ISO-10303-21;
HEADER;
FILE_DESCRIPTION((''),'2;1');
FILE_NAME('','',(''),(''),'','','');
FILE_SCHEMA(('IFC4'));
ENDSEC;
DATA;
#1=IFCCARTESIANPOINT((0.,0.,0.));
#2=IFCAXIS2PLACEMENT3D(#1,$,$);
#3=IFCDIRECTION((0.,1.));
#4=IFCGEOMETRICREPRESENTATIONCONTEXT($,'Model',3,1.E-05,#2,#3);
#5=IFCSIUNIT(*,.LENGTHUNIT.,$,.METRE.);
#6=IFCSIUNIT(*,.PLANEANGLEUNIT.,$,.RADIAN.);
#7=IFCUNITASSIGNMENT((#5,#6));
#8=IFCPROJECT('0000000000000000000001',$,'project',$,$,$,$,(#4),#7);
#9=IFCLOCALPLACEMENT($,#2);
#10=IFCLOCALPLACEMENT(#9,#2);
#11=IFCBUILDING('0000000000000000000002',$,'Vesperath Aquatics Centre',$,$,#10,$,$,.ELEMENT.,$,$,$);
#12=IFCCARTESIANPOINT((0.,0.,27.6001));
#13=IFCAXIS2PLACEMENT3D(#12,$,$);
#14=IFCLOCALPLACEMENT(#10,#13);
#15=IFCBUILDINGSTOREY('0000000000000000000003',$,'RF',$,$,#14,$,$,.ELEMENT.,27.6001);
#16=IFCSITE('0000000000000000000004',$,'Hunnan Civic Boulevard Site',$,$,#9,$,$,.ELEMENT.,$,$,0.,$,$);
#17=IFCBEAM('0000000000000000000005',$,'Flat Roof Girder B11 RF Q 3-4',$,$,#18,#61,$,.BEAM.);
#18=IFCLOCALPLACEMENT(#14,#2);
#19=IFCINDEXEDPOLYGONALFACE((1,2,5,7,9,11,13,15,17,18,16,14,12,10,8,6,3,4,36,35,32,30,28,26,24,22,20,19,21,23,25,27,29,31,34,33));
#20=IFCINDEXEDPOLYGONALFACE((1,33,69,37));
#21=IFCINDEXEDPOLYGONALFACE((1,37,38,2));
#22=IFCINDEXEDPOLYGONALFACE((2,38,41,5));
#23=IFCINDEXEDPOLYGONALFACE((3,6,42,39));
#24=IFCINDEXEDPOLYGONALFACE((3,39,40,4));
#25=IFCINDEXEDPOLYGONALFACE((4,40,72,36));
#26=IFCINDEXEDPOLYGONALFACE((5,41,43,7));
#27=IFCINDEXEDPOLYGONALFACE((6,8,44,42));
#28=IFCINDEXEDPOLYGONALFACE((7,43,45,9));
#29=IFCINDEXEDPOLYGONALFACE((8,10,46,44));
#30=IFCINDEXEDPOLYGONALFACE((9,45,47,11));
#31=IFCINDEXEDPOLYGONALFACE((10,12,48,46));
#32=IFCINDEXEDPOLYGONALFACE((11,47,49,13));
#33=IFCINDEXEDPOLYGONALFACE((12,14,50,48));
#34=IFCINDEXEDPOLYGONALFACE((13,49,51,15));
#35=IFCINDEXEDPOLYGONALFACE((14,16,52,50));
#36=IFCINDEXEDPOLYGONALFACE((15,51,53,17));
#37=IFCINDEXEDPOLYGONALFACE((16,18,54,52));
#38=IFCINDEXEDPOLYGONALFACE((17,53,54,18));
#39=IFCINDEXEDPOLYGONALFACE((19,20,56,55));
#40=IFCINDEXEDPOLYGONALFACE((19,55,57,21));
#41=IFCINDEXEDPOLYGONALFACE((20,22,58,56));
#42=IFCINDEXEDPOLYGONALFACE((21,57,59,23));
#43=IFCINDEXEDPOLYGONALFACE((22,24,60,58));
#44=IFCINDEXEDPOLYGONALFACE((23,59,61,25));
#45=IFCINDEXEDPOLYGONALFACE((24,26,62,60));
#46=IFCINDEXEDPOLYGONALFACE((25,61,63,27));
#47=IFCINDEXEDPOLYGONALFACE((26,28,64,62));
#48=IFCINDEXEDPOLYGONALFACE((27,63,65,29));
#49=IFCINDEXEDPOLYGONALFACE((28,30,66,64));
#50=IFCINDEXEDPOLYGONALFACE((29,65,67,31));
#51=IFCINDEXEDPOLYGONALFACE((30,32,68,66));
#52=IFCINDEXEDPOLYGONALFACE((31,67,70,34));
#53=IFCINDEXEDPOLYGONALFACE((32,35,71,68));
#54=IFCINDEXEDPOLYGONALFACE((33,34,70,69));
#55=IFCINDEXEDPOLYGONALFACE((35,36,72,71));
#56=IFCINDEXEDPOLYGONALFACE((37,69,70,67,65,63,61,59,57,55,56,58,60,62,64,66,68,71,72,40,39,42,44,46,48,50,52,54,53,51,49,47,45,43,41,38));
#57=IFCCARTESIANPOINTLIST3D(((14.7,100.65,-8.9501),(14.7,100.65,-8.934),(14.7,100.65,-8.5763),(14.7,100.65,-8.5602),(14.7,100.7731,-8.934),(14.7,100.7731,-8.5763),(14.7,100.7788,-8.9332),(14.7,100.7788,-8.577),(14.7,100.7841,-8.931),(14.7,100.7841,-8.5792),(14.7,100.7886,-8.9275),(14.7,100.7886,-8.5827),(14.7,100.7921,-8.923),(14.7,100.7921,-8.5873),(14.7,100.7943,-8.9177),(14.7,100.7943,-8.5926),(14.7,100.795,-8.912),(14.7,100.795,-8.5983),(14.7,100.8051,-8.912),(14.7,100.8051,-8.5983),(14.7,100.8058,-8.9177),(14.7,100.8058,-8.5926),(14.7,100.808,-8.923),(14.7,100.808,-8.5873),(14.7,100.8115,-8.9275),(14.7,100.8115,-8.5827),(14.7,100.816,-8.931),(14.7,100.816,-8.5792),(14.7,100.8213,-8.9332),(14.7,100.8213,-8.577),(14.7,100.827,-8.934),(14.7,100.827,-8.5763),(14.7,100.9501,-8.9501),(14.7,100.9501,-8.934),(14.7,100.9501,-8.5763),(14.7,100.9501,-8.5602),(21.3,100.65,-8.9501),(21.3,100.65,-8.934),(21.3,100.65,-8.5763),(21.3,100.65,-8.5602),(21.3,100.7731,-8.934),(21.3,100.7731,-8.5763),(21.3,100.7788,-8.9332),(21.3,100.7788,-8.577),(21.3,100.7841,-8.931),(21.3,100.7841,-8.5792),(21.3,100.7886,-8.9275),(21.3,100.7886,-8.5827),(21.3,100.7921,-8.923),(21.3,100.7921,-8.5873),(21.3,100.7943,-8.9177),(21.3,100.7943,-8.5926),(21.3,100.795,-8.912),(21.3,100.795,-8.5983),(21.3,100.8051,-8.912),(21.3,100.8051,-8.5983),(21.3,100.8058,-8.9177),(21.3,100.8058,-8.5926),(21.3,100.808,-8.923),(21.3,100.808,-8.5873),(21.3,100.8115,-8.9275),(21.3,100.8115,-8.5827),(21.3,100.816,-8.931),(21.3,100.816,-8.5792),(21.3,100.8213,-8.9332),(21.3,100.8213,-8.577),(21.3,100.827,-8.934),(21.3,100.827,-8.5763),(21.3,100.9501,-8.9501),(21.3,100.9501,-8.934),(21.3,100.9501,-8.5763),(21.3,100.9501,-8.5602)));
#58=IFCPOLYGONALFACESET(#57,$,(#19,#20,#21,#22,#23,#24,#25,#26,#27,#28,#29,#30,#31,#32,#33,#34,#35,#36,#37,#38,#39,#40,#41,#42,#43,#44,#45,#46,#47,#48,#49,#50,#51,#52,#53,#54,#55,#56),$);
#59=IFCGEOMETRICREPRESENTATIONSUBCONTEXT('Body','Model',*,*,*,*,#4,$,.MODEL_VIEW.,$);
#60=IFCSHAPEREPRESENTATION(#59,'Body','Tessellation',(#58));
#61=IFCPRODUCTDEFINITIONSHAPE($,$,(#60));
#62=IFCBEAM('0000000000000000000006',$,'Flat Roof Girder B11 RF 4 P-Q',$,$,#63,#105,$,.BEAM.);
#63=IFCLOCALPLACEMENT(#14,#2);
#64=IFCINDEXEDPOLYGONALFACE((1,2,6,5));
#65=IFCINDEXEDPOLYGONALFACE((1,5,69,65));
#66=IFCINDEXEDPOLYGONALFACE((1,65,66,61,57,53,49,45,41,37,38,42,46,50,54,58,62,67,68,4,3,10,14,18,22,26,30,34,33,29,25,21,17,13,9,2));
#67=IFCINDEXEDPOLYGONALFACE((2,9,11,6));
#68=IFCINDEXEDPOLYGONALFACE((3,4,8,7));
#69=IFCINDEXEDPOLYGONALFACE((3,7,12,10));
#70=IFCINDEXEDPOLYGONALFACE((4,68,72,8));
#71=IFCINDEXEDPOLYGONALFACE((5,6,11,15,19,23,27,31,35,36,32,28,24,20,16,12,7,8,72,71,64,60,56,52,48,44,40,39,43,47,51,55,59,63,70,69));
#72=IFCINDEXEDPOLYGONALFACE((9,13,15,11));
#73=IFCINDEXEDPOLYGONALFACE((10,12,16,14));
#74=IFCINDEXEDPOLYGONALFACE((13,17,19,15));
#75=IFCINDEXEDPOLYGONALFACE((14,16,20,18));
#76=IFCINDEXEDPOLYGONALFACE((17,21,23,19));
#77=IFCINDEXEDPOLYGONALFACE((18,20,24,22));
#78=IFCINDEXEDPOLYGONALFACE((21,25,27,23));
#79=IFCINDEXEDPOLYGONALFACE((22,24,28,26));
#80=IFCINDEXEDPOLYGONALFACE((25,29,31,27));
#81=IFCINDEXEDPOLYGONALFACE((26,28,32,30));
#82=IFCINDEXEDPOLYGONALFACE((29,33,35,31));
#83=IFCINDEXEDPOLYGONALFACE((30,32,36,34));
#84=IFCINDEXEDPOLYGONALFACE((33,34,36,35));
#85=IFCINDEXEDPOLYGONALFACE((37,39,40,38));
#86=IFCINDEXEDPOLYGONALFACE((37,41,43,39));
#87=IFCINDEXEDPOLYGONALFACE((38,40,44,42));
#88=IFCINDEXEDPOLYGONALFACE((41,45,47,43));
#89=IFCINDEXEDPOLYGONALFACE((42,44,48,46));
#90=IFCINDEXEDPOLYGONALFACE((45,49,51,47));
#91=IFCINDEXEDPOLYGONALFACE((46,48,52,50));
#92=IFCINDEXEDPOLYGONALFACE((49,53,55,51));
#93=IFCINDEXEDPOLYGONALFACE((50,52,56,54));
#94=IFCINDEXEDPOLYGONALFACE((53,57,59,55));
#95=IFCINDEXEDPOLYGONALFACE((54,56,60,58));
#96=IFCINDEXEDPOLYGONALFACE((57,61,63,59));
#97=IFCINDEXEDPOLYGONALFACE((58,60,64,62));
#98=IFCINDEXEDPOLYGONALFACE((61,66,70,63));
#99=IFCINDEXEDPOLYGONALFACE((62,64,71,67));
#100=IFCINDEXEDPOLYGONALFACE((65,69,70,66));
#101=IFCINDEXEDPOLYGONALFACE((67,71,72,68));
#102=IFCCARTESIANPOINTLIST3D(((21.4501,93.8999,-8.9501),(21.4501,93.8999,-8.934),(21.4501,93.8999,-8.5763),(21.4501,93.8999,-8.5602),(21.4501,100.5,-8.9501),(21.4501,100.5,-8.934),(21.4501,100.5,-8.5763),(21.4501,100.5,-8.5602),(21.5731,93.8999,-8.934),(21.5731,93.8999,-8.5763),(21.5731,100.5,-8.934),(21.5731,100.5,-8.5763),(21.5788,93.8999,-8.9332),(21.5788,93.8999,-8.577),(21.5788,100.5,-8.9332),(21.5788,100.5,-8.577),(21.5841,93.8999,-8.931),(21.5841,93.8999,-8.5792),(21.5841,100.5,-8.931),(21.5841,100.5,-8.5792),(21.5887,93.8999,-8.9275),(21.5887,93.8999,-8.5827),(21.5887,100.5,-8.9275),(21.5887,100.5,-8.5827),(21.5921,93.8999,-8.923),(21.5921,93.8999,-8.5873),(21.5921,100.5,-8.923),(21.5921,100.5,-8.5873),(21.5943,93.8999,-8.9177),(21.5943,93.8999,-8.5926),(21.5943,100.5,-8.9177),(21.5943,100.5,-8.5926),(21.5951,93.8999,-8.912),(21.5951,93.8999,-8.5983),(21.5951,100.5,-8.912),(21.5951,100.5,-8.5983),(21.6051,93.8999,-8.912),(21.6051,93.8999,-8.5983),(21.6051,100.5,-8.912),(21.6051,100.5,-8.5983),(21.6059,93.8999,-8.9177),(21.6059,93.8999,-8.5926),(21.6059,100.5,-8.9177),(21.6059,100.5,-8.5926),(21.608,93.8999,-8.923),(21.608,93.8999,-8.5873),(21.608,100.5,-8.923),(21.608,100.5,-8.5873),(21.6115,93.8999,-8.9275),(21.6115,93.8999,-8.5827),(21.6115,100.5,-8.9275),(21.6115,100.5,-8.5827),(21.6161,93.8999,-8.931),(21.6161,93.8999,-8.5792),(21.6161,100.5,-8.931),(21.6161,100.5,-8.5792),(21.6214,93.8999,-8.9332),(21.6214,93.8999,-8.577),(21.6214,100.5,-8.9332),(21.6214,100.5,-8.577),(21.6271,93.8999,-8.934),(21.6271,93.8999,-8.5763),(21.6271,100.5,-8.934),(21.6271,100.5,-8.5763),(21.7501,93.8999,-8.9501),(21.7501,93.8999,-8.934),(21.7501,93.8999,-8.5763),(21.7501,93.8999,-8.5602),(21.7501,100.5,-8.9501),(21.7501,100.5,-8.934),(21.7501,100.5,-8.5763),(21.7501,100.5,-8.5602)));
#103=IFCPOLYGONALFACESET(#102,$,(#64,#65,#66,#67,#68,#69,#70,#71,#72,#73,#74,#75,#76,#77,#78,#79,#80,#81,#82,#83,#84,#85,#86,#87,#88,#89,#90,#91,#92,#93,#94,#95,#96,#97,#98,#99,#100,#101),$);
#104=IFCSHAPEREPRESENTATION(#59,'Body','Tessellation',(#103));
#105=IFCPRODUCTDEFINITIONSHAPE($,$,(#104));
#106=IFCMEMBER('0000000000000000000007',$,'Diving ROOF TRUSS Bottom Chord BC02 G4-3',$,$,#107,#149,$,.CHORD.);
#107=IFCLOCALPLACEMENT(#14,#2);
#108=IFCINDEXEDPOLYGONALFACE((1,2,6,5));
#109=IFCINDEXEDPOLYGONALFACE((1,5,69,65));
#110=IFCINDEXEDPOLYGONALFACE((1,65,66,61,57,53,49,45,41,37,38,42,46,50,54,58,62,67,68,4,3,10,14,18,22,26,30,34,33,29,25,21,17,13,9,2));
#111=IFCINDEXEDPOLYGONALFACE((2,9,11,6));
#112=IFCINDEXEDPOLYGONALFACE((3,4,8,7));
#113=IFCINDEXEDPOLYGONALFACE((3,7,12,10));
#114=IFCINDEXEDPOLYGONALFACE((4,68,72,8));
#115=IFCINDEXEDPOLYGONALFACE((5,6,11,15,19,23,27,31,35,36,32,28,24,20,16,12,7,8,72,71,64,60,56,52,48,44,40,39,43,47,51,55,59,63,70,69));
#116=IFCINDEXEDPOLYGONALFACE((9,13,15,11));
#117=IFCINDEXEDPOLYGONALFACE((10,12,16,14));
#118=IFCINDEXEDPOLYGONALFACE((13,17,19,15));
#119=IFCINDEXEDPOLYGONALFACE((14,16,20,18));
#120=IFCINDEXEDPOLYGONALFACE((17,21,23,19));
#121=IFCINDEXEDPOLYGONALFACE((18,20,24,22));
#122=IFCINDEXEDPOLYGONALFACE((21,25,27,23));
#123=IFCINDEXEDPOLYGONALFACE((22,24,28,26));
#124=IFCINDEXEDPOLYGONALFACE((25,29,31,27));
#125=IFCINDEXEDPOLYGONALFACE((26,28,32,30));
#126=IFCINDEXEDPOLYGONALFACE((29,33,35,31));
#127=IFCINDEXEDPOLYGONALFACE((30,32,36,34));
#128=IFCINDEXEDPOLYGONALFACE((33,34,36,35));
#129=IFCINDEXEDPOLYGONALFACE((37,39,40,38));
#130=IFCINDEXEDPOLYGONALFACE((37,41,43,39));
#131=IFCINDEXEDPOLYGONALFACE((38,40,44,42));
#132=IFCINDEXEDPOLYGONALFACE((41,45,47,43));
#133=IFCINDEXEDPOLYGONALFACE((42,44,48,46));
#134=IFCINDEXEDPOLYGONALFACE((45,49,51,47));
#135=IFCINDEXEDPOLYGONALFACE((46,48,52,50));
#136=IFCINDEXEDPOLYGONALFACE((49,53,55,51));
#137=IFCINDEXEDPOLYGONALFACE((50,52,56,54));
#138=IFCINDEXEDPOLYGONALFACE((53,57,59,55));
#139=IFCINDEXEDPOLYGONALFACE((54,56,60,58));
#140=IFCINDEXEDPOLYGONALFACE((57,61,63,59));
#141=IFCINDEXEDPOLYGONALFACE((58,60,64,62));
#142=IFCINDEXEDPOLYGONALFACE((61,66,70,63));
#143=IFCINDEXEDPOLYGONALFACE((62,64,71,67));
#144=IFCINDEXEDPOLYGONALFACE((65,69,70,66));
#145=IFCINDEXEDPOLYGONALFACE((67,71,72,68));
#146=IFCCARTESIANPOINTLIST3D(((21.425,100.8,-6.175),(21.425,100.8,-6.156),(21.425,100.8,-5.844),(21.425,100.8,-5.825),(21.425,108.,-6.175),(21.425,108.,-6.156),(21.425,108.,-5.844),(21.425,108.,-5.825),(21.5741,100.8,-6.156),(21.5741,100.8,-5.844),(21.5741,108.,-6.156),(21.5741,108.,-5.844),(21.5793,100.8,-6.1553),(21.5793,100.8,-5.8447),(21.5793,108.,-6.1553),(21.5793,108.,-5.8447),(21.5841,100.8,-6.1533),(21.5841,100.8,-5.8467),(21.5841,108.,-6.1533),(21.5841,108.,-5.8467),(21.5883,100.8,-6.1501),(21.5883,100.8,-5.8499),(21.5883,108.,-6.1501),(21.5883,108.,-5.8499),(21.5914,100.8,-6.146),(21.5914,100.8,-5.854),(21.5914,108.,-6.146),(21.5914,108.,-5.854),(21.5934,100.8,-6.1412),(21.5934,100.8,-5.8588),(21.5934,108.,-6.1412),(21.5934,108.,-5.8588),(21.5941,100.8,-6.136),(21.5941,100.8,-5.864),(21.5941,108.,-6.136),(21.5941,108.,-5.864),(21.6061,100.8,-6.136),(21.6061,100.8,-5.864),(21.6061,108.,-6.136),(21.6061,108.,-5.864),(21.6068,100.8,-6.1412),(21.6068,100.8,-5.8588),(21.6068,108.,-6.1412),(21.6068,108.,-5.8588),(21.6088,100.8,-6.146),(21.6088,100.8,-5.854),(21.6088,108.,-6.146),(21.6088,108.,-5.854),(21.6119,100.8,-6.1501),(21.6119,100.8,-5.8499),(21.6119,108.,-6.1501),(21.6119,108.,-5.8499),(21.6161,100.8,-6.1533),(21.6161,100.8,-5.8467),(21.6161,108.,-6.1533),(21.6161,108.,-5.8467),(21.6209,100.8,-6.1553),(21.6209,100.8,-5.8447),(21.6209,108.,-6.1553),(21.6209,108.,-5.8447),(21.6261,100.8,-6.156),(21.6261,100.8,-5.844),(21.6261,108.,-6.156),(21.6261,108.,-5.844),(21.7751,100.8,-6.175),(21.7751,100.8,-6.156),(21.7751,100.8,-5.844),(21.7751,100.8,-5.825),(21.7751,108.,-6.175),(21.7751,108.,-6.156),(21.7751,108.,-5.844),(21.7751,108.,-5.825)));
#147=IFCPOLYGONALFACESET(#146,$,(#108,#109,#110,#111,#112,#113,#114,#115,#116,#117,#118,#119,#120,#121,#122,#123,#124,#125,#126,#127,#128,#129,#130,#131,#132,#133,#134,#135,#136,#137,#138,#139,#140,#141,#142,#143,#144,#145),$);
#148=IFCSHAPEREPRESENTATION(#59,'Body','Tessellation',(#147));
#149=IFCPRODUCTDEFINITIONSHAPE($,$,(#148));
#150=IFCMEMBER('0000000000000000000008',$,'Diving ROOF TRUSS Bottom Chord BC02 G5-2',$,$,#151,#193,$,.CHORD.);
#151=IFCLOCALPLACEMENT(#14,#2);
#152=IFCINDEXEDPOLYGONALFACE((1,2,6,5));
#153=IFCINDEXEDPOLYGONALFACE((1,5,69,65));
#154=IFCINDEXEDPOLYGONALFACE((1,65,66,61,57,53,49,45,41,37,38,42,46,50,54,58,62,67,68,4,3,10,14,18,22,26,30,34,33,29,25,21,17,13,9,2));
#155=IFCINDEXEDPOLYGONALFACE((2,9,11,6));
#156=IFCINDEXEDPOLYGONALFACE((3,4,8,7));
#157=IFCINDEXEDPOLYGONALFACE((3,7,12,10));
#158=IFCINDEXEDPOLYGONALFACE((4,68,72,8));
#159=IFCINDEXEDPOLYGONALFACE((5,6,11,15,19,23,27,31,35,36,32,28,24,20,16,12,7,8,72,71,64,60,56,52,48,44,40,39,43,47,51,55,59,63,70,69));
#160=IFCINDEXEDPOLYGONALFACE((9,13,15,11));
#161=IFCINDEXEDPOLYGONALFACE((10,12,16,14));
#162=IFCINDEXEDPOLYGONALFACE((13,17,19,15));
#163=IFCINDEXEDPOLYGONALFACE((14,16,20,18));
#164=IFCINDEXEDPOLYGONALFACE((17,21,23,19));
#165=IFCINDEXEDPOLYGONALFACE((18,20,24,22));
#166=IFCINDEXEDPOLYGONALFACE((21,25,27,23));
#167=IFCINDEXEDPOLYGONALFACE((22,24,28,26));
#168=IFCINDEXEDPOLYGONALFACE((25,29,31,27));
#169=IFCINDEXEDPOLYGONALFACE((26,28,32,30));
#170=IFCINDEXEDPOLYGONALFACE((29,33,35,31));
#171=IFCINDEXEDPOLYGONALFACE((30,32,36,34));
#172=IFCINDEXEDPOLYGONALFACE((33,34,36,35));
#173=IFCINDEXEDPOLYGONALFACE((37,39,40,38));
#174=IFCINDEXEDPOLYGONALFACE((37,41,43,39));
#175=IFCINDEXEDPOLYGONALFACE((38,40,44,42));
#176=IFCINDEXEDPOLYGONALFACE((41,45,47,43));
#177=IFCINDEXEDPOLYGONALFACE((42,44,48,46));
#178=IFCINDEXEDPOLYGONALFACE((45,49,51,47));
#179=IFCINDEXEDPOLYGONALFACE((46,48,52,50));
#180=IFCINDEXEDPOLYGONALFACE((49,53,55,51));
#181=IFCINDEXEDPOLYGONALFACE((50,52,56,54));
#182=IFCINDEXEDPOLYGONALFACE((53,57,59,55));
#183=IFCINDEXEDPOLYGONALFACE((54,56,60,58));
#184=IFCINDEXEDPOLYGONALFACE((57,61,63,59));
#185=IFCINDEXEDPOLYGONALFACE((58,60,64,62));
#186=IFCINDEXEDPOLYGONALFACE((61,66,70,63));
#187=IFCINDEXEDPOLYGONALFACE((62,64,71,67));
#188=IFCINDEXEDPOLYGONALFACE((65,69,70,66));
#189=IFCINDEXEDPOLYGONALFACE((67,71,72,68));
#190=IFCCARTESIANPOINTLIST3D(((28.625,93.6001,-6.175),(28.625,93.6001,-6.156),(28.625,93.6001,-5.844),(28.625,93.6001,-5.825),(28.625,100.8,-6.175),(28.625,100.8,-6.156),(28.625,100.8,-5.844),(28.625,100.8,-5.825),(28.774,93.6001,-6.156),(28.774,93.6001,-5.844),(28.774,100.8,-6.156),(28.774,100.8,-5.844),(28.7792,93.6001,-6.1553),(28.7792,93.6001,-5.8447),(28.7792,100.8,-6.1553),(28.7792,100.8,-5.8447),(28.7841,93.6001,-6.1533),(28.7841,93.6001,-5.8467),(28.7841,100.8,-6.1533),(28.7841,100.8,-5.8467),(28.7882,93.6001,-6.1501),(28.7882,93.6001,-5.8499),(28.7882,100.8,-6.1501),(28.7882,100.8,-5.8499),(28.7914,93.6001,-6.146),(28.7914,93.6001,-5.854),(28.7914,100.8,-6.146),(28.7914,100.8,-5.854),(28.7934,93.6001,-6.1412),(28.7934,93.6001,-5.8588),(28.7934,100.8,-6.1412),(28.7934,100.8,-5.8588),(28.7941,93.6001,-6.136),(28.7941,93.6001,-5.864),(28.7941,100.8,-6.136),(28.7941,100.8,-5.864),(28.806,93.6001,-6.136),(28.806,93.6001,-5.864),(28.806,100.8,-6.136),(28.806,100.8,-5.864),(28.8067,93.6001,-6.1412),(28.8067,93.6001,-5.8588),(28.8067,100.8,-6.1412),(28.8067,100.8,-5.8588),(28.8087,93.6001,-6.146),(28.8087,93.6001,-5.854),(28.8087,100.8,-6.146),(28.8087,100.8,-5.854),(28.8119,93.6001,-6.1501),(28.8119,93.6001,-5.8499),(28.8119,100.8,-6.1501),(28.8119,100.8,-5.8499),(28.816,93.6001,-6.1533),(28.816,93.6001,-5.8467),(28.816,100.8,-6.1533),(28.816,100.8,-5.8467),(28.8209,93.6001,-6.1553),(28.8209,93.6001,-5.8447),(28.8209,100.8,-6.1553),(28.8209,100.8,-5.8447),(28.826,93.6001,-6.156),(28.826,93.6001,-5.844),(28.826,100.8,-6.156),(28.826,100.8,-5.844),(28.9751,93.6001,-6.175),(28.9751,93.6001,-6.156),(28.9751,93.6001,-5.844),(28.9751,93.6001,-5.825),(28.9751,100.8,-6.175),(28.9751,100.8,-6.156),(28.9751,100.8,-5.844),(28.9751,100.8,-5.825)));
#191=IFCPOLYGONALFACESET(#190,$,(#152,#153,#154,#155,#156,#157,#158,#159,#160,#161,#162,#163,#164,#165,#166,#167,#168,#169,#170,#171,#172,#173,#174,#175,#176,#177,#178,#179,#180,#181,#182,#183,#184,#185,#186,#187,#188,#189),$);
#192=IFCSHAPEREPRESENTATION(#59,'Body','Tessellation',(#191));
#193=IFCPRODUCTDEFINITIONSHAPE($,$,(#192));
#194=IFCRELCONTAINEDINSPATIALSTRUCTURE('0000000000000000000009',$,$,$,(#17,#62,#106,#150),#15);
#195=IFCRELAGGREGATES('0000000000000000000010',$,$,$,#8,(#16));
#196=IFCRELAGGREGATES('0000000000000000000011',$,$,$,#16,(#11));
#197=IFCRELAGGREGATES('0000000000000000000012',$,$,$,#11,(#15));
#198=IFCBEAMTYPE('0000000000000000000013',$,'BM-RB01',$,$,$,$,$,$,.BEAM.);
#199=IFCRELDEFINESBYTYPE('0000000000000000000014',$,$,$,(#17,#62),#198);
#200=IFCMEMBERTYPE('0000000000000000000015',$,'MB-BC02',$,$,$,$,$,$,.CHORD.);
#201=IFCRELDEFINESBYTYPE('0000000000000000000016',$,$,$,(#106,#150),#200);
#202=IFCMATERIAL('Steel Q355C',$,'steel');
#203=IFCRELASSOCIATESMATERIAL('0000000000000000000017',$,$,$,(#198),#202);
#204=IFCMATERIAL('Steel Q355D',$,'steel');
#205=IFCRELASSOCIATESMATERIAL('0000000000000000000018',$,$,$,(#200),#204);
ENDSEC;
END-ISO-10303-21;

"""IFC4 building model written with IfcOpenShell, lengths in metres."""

from ifc_helpers import new_model, si_unit, direction, frame, origin, origin_2d, place, context, subcontext, project, spatial, i_section, extrude, material, material_profile, profile_set, type_object, element, save


model = new_model("IFC4")

# Units and contexts
model_context = context("Model", 3, precision=1e-05, world=origin(), true_north=direction((0.0, 1.0)))
body_context = subcontext(model_context, "Body", "Model", "MODEL_VIEW")
ifc_project = project(units=[si_unit("LENGTHUNIT", "METRE"), si_unit("PLANEANGLEUNIT", "RADIAN")], contexts=[model_context])

# Site, building, storey
site_placement = place(None, origin())
site = spatial("IfcSite", under=ifc_project, at=site_placement, Name="Hunnan Civic Boulevard Site", CompositionType="ELEMENT", RefElevation=0.0)
building_placement = place(site_placement, origin())
building = spatial("IfcBuilding", under=site, at=building_placement, Name="Vesperath Aquatics Centre", CompositionType="ELEMENT")
storey_placement = place(building_placement, frame((0.0, 0.0, 27.6001)))
storey = spatial("IfcBuildingStorey", under=building, at=storey_placement, Name="RF", CompositionType="ELEMENT", Elevation=27.6001)

# Beams
ifc_material_1 = material(Name="Steel Q355C", Category="steel")
ifc_material_profile_1 = material_profile(ifc_material_1, i_section(OverallWidth=0.3, OverallDepth=0.3899, WebThickness=0.01, FlangeThickness=0.0161, FilletRadius=0.022, at=origin_2d()), Name="HM 390x300x10x16")
ifc_profile_set_1 = profile_set([ifc_material_profile_1], Name="Steel Q355C")
beam_type = type_object("IfcBeamType", Name="BM-RB01", PredefinedType="BEAM", material=ifc_profile_set_1)
for number, where, z_axis, x_axis, name in (
    (1, (14.7, 100.8, -8.7551), (1.0, 0.0, 0.0), (0.0, 1.0, 0.0), "Flat Roof Girder B11 RF Q 3-4"),
    (2, (21.6001, 93.8999, -8.7551), (0.0, 1.0, 0.0), (-1.0, 0.0, 0.0), "Flat Roof Girder B11 RF 4 P-Q"),
):
    element("IfcBeam", number, at=place(storey_placement, frame(where, z_axis=z_axis, x_axis=x_axis)), inside=storey, type_object=beam_type, Name=name, PredefinedType="BEAM", context=body_context, shape_type="SweptSolid", body=[
        extrude(i_section(OverallWidth=0.3, OverallDepth=0.3899, WebThickness=0.01, FlangeThickness=0.0161, FilletRadius=0.022, at=origin_2d()), origin(), (0.0, 0.0, 1.0), 6.6001),
    ])

# Members
ifc_material_2 = material(Name="Steel Q355D", Category="steel")
ifc_material_profile_2 = material_profile(ifc_material_2, i_section(OverallWidth=0.3501, OverallDepth=0.3501, WebThickness=0.012, FlangeThickness=0.019, FilletRadius=0.02, at=origin_2d()), Name="HW 350x350x12x19")
ifc_profile_set_2 = profile_set([ifc_material_profile_2], Name="Steel Q355D")
member_type_1 = type_object("IfcMemberType", Name="MB-BC02", PredefinedType="CHORD", material=ifc_profile_set_2)
for number, where, z_axis, x_axis, name in (
    (3, (21.6001, 100.8, -6.0), (0.0, 1.0, 0.0), (-1.0, 0.0, 0.0), "Diving ROOF TRUSS Bottom Chord BC02 G4-3"),
    (4, (28.8, 93.6001, -6.0), (0.0, 1.0, 0.0), (-1.0, 0.0, 0.0), "Diving ROOF TRUSS Bottom Chord BC02 G5-2"),
):
    element("IfcMember", number, at=place(storey_placement, frame(where, z_axis=z_axis, x_axis=x_axis)), inside=storey, type_object=member_type_1, Name=name, PredefinedType="CHORD", context=body_context, shape_type="SweptSolid", body=[
        extrude(i_section(OverallWidth=0.3501, OverallDepth=0.3501, WebThickness=0.012, FlangeThickness=0.019, FilletRadius=0.02, at=origin_2d()), origin(), (0.0, 0.0, 1.0), 7.2),
    ])

save(model, "model.ifc")
